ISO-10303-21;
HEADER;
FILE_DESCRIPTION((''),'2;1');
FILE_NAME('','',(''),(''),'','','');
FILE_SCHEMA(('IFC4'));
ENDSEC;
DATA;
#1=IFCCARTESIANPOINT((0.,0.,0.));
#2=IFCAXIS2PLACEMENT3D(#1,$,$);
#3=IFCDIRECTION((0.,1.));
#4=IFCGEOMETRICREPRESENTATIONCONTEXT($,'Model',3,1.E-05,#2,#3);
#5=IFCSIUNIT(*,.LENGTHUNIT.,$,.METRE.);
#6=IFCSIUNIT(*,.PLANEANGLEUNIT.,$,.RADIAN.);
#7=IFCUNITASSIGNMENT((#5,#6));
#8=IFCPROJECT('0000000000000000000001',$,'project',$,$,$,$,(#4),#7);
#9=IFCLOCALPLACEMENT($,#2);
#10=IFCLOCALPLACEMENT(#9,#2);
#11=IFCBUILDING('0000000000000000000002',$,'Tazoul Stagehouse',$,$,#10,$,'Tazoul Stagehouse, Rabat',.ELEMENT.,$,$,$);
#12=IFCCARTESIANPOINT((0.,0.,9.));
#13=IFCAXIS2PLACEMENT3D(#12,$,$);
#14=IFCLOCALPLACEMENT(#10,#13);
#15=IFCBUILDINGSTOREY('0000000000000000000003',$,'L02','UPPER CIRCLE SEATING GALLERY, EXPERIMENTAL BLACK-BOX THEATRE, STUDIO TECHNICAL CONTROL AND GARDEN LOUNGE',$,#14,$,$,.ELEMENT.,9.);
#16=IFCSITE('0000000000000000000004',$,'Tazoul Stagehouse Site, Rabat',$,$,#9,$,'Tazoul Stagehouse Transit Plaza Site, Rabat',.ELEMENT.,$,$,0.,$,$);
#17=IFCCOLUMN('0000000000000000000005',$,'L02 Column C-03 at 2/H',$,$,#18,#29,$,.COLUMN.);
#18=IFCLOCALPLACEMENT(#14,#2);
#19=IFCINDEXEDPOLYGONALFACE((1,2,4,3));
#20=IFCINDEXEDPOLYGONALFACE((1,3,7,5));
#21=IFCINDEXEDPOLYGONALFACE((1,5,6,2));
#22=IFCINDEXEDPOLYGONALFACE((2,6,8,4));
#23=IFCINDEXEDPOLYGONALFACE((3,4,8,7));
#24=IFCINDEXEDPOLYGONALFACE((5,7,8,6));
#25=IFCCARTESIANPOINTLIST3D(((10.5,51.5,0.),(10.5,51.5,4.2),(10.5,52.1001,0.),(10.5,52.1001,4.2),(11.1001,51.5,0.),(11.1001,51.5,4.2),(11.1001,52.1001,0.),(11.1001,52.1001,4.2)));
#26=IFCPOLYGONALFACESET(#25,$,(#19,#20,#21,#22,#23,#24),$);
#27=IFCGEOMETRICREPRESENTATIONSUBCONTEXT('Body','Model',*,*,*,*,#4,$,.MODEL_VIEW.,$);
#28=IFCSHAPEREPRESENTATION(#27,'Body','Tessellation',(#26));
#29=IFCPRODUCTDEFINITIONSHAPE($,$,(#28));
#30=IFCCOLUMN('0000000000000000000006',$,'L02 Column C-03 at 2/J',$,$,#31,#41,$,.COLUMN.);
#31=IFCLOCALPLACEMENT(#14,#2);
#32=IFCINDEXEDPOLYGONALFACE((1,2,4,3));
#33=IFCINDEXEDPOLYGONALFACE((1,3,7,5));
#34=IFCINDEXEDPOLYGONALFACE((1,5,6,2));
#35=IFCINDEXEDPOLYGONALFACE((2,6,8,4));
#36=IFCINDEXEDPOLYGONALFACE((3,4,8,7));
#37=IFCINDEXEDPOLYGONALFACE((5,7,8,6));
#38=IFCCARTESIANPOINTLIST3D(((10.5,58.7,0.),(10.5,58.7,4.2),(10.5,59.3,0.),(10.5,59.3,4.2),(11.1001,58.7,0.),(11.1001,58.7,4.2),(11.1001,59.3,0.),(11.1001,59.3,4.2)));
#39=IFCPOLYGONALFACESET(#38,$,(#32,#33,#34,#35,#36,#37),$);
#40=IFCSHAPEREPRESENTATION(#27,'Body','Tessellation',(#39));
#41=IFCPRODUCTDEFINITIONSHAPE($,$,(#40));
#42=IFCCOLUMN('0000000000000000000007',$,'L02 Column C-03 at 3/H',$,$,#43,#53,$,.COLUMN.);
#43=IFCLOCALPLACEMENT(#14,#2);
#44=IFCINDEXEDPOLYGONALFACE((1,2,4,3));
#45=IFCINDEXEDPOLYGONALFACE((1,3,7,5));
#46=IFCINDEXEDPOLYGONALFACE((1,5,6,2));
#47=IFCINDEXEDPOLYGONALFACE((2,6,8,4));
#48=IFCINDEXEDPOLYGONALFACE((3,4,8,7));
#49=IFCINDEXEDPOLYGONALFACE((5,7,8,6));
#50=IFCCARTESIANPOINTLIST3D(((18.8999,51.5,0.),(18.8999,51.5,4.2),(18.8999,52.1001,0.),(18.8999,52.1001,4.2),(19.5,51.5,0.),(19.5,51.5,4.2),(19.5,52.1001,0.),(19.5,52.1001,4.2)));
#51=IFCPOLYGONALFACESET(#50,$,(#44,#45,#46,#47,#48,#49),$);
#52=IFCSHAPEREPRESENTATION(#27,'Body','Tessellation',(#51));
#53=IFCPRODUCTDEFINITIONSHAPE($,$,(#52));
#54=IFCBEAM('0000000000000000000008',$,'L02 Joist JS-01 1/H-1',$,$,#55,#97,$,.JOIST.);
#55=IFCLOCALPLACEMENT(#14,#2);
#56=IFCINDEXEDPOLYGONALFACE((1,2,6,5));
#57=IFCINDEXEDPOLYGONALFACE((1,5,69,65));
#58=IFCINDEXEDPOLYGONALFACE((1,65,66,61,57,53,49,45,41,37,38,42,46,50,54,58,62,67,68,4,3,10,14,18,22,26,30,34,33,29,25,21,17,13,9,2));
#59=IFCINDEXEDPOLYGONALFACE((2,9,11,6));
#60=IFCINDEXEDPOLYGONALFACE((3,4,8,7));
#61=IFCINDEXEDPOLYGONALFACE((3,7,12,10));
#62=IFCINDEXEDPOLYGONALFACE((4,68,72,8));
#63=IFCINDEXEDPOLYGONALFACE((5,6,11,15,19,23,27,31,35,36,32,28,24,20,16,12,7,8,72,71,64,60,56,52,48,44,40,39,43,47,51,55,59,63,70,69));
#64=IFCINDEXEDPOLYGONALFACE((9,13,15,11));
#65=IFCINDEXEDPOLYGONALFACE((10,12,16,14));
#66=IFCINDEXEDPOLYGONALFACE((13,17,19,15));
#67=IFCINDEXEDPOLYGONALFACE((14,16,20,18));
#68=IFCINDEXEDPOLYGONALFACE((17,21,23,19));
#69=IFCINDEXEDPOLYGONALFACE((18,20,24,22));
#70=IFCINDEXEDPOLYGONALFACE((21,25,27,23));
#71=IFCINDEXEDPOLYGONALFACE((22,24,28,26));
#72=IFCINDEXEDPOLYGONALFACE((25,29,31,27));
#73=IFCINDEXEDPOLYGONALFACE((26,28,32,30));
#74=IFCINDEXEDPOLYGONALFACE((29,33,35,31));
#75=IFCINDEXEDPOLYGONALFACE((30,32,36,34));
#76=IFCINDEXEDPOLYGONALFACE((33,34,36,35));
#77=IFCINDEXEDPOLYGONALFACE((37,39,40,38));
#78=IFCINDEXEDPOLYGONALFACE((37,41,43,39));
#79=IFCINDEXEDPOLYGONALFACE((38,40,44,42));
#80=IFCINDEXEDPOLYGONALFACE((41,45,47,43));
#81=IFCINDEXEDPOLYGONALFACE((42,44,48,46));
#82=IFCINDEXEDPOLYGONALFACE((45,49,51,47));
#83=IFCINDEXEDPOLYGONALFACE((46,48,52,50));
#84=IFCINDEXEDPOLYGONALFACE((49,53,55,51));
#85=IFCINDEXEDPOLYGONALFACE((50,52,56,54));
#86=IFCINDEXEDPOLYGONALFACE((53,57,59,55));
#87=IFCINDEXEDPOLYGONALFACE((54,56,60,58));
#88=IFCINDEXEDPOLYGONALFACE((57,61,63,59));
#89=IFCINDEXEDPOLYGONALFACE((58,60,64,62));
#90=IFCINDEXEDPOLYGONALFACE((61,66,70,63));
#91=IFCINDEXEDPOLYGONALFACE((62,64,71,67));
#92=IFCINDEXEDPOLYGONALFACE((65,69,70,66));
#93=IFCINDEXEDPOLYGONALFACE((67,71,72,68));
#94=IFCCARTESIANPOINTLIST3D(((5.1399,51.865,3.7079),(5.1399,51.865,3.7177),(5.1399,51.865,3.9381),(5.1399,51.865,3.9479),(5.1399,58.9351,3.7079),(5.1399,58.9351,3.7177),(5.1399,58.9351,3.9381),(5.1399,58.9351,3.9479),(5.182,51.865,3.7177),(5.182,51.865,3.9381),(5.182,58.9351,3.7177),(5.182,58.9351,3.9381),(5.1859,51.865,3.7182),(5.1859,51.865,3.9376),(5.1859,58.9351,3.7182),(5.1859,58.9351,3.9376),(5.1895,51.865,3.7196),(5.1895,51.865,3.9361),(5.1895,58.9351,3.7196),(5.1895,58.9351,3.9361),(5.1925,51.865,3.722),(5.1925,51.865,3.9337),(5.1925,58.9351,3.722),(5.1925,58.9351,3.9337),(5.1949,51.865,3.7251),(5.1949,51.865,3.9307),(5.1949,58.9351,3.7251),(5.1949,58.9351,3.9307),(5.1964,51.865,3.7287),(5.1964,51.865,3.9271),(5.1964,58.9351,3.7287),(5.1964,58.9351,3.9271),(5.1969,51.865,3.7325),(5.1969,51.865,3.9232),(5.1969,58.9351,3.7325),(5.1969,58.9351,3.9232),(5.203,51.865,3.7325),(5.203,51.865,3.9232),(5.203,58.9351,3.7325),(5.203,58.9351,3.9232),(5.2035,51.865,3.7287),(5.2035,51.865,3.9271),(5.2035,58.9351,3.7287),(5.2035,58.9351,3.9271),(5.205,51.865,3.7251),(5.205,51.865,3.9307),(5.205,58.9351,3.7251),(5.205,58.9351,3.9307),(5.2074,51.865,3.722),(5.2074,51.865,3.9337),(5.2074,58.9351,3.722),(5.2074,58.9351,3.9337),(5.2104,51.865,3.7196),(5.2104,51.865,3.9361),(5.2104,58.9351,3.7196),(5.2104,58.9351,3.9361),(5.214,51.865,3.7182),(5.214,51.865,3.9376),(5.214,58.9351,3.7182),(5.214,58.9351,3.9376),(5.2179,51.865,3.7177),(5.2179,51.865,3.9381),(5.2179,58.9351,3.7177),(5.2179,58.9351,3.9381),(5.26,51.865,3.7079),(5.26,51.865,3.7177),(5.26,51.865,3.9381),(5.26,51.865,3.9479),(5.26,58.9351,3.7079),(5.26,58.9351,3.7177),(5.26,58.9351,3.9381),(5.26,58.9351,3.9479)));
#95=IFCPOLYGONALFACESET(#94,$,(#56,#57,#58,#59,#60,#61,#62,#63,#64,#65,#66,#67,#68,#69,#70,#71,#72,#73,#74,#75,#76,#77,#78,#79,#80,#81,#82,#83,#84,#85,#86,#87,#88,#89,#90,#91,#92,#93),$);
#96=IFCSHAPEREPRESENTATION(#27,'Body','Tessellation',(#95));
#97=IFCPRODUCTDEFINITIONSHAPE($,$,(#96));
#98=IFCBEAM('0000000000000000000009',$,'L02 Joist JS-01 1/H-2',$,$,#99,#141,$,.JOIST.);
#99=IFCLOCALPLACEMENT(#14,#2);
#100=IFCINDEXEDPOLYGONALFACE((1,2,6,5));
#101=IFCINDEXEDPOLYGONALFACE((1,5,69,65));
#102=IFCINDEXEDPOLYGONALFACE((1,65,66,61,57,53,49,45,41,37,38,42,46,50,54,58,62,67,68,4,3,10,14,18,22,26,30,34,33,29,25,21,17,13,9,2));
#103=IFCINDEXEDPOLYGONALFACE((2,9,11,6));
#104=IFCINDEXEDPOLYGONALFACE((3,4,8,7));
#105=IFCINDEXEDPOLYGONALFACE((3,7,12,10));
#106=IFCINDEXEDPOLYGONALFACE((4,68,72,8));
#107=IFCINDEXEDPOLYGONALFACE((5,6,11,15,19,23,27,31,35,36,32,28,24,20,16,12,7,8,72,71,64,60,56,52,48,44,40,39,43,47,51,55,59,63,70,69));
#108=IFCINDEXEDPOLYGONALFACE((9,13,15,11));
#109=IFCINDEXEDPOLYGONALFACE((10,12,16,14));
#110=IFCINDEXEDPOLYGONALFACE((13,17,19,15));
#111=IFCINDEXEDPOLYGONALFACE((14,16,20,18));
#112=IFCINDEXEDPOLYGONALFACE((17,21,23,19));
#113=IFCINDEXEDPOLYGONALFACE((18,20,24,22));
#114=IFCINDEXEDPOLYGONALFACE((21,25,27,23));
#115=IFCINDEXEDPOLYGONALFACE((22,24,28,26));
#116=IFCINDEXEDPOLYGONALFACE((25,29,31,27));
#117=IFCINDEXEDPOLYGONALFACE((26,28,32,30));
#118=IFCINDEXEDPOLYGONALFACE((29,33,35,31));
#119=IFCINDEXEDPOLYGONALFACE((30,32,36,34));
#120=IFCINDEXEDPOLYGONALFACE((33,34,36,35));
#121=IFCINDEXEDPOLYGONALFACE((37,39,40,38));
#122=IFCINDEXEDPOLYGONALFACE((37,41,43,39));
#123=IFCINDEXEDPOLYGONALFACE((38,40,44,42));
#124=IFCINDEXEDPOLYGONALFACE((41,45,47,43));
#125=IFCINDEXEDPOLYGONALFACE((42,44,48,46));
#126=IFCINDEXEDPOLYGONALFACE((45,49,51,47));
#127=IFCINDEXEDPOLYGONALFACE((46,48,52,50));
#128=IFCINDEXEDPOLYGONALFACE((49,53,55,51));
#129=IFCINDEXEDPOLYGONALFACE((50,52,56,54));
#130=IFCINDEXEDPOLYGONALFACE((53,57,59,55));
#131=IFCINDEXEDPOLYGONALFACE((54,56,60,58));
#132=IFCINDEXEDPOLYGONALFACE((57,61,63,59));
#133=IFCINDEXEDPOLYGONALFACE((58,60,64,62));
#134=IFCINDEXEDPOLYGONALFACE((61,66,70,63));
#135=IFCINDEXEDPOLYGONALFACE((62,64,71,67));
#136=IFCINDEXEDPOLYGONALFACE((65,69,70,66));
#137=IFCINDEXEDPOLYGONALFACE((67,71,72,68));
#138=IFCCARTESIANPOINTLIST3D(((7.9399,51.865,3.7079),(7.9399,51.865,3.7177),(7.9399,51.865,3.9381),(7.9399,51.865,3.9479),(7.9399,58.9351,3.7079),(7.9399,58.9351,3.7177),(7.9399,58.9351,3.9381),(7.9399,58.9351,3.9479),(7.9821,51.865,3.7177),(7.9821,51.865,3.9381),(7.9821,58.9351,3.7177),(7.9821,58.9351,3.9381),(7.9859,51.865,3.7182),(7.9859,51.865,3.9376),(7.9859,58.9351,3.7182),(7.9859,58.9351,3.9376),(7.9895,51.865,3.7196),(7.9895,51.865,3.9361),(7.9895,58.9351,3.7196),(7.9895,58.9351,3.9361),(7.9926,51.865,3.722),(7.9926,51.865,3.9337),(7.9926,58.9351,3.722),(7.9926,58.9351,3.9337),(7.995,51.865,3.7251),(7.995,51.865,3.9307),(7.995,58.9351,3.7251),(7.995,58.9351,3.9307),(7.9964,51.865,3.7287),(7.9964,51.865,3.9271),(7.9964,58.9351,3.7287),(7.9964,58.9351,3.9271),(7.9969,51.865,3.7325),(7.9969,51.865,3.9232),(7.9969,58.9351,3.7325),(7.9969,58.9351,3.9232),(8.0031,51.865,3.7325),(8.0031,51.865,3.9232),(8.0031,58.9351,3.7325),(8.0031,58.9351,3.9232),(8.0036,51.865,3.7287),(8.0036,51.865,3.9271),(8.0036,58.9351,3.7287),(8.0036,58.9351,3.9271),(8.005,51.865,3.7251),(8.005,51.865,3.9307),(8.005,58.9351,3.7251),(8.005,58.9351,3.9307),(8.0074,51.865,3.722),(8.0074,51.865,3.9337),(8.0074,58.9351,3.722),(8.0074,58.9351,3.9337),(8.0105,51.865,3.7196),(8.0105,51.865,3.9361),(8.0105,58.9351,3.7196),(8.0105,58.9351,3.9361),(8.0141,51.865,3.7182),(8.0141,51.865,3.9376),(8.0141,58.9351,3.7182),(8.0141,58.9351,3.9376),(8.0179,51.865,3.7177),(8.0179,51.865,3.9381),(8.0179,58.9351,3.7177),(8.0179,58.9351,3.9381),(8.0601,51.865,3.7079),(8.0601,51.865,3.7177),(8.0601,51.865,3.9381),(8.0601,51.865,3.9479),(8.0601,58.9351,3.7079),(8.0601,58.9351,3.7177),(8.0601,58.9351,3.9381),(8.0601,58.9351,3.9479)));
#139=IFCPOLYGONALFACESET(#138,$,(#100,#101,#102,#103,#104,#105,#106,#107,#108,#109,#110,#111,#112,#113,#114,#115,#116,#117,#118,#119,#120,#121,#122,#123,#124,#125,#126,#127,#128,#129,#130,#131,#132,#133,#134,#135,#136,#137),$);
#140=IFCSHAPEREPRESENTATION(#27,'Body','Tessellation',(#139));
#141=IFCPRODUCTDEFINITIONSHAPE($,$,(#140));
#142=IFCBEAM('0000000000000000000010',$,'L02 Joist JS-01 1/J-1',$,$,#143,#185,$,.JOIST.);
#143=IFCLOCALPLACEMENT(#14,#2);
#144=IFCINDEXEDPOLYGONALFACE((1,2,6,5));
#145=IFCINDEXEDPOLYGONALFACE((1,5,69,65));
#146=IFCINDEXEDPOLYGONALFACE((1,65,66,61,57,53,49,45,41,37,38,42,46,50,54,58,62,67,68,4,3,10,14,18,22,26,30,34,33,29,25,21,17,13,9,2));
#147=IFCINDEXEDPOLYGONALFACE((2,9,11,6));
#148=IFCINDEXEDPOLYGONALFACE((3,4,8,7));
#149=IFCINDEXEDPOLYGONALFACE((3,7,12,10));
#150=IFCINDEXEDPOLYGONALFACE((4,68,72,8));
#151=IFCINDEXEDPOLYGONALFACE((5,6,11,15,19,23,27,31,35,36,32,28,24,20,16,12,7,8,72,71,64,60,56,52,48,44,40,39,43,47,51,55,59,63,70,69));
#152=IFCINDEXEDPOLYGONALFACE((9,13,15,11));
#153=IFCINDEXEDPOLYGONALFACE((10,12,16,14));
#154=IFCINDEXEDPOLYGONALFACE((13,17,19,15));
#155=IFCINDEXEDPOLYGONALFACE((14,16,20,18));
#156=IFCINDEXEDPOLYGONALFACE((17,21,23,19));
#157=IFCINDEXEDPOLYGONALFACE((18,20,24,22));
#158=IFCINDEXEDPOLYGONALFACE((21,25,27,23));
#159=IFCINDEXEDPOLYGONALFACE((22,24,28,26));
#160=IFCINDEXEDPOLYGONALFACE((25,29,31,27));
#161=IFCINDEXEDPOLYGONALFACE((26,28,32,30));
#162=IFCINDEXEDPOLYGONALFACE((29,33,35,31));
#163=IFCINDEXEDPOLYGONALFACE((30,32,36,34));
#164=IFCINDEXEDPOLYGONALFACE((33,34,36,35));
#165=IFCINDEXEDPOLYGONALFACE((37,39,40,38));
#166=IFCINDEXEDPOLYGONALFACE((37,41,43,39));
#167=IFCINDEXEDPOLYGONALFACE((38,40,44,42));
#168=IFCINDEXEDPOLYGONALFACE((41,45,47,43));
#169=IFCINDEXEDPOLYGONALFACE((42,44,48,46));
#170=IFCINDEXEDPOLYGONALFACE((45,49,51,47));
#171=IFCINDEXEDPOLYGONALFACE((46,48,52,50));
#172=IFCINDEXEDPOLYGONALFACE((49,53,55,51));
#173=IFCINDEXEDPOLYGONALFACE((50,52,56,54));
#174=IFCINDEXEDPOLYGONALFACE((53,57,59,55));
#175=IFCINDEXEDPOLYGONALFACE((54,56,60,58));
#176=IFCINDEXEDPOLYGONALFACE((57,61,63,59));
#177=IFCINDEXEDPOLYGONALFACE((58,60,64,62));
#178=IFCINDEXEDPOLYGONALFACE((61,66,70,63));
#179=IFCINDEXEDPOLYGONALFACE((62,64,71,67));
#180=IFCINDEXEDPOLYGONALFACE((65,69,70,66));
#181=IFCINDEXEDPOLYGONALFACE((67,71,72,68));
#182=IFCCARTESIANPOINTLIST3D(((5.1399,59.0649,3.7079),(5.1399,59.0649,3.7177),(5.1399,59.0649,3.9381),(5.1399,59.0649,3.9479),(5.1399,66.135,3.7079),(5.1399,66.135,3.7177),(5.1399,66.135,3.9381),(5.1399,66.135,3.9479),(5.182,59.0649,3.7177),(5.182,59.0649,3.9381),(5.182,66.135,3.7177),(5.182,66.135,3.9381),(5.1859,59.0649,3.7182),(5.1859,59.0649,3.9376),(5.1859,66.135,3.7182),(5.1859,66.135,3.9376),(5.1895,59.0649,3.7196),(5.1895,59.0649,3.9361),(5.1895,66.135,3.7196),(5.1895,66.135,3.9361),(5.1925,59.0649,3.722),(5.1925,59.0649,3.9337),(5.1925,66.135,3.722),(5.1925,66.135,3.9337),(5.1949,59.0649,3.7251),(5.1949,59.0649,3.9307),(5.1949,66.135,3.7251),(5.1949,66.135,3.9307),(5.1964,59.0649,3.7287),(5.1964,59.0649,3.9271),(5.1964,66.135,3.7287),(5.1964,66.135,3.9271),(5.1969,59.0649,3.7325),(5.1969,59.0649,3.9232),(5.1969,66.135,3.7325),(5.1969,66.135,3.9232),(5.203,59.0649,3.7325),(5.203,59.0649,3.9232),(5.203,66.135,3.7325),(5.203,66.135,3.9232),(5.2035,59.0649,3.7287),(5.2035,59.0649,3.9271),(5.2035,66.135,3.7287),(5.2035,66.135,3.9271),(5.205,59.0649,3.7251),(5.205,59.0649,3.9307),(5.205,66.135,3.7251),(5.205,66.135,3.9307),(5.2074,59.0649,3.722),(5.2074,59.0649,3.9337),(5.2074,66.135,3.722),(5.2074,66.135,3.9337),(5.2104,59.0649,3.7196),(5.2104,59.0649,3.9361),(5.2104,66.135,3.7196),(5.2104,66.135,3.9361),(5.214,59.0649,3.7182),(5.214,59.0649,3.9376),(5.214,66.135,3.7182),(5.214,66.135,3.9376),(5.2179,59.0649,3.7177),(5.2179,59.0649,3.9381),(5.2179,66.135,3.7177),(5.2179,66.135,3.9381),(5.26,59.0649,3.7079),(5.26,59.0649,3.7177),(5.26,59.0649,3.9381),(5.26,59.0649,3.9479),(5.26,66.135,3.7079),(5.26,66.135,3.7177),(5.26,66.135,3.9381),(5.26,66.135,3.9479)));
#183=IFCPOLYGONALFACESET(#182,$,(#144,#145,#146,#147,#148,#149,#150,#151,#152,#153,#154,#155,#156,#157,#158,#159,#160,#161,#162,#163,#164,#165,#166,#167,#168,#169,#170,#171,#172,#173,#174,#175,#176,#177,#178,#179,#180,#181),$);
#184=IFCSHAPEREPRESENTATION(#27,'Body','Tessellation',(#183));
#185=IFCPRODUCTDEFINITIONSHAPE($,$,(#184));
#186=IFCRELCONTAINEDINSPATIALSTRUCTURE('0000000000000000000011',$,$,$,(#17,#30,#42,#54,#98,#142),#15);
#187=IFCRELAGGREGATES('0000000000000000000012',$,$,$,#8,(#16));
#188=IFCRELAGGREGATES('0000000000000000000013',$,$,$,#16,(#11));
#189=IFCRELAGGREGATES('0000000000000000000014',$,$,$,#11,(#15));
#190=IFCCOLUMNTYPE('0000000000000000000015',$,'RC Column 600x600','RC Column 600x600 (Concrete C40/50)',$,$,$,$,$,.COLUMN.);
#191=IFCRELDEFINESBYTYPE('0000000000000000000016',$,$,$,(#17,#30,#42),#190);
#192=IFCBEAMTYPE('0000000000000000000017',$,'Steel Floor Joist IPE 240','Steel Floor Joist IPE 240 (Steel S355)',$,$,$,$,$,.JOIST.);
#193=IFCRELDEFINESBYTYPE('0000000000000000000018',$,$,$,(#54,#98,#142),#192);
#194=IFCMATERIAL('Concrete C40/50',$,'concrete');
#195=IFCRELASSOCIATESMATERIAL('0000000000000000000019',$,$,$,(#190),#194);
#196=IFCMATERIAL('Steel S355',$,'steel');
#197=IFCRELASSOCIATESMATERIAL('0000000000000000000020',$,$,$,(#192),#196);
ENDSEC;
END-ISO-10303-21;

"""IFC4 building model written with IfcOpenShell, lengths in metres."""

from ifc_helpers import new_model, si_unit, direction, frame, origin, origin_2d, place, context, subcontext, project, spatial, rectangle, i_section, extrude, material, material_profile, profile_set, type_object, element, save


model = new_model("IFC4")

# Units and contexts
model_context = context("Model", 3, precision=1e-05, world=origin(), true_north=direction((0.0, 1.0)))
body_context = subcontext(model_context, "Body", "Model", "MODEL_VIEW")
ifc_project = project(units=[si_unit("LENGTHUNIT", "METRE"), si_unit("PLANEANGLEUNIT", "RADIAN")], contexts=[model_context])

# Site, building, storey
site_placement = place(None, origin())
site = spatial("IfcSite", under=ifc_project, at=site_placement, Name="Tazoul Stagehouse Site, Rabat", LongName="Tazoul Stagehouse Transit Plaza Site, Rabat", CompositionType="ELEMENT", RefElevation=0.0)
building_placement = place(site_placement, origin())
building = spatial("IfcBuilding", under=site, at=building_placement, Name="Tazoul Stagehouse", LongName="Tazoul Stagehouse, Rabat", CompositionType="ELEMENT")
storey_placement = place(building_placement, frame((0.0, 0.0, 9.0)))
storey = spatial("IfcBuildingStorey", under=building, at=storey_placement, Name="L02", Description="UPPER CIRCLE SEATING GALLERY, EXPERIMENTAL BLACK-BOX THEATRE, STUDIO TECHNICAL CONTROL AND GARDEN LOUNGE", CompositionType="ELEMENT", Elevation=9.0)

# Columns
ifc_material_1 = material(Name="Concrete C40/50", Category="concrete")
ifc_material_profile_1 = material_profile(ifc_material_1, rectangle(XDim=0.6001, YDim=0.6001, at=origin_2d()), Name="RC 600x600")
ifc_profile_set_1 = profile_set([ifc_material_profile_1], Name="Concrete C40/50")
column_type = type_object("IfcColumnType", Name="RC Column 600x600", Description="RC Column 600x600 (Concrete C40/50)", PredefinedType="COLUMN", material=ifc_profile_set_1)
for number, where, z_axis, x_axis, name in (
    (1, (10.8, 51.8, 0.0), (0.0, 0.0, 1.0), (1.0, 0.0, 0.0), "L02 Column C-03 at 2/H"),
    (2, (10.8, 59.0, 0.0), (0.0, 0.0, 1.0), (1.0, 0.0, 0.0), "L02 Column C-03 at 2/J"),
    (3, (19.2, 51.8, 0.0), (0.0, 0.0, 1.0), (1.0, 0.0, 0.0), "L02 Column C-03 at 3/H"),
):
    element("IfcColumn", number, at=place(storey_placement, frame(where, z_axis=z_axis, x_axis=x_axis)), inside=storey, type_object=column_type, Name=name, PredefinedType="COLUMN", context=body_context, shape_type="SweptSolid", body=[
        extrude(rectangle(XDim=0.6001, YDim=0.6001, at=origin_2d()), origin(), (0.0, 0.0, 1.0), 4.2),
    ])

# Beams
ifc_material_2 = material(Name="Steel S355", Category="steel")
ifc_material_profile_2 = material_profile(ifc_material_2, i_section(OverallWidth=0.1201, OverallDepth=0.24, WebThickness=0.0061, FlangeThickness=0.0098, FilletRadius=0.0149, at=origin_2d()), Name="IPE 240")
ifc_profile_set_2 = profile_set([ifc_material_profile_2], Name="Steel S355")
beam_type_1 = type_object("IfcBeamType", Name="Steel Floor Joist IPE 240", Description="Steel Floor Joist IPE 240 (Steel S355)", PredefinedType="JOIST", material=ifc_profile_set_2)
for number, where, z_axis, x_axis, name in (
    (4, (5.2, 51.865, 3.8279), (0.0, 1.0, 0.0), (-1.0, 0.0, 0.0), "L02 Joist JS-01 1/H-1"),
    (5, (8.0, 51.865, 3.8279), (0.0, 1.0, 0.0), (-1.0, 0.0, 0.0), "L02 Joist JS-01 1/H-2"),
    (6, (5.2, 59.0649, 3.8279), (0.0, 1.0, 0.0), (-1.0, 0.0, 0.0), "L02 Joist JS-01 1/J-1"),
):
    element("IfcBeam", number, at=place(storey_placement, frame(where, z_axis=z_axis, x_axis=x_axis)), inside=storey, type_object=beam_type_1, Name=name, PredefinedType="JOIST", context=body_context, shape_type="SweptSolid", body=[
        extrude(i_section(OverallWidth=0.1201, OverallDepth=0.24, WebThickness=0.0061, FlangeThickness=0.0098, FilletRadius=0.0149, at=origin_2d()), origin(), (0.0, 0.0, 1.0), 7.0701),
    ])

save(model, "model.ifc")
